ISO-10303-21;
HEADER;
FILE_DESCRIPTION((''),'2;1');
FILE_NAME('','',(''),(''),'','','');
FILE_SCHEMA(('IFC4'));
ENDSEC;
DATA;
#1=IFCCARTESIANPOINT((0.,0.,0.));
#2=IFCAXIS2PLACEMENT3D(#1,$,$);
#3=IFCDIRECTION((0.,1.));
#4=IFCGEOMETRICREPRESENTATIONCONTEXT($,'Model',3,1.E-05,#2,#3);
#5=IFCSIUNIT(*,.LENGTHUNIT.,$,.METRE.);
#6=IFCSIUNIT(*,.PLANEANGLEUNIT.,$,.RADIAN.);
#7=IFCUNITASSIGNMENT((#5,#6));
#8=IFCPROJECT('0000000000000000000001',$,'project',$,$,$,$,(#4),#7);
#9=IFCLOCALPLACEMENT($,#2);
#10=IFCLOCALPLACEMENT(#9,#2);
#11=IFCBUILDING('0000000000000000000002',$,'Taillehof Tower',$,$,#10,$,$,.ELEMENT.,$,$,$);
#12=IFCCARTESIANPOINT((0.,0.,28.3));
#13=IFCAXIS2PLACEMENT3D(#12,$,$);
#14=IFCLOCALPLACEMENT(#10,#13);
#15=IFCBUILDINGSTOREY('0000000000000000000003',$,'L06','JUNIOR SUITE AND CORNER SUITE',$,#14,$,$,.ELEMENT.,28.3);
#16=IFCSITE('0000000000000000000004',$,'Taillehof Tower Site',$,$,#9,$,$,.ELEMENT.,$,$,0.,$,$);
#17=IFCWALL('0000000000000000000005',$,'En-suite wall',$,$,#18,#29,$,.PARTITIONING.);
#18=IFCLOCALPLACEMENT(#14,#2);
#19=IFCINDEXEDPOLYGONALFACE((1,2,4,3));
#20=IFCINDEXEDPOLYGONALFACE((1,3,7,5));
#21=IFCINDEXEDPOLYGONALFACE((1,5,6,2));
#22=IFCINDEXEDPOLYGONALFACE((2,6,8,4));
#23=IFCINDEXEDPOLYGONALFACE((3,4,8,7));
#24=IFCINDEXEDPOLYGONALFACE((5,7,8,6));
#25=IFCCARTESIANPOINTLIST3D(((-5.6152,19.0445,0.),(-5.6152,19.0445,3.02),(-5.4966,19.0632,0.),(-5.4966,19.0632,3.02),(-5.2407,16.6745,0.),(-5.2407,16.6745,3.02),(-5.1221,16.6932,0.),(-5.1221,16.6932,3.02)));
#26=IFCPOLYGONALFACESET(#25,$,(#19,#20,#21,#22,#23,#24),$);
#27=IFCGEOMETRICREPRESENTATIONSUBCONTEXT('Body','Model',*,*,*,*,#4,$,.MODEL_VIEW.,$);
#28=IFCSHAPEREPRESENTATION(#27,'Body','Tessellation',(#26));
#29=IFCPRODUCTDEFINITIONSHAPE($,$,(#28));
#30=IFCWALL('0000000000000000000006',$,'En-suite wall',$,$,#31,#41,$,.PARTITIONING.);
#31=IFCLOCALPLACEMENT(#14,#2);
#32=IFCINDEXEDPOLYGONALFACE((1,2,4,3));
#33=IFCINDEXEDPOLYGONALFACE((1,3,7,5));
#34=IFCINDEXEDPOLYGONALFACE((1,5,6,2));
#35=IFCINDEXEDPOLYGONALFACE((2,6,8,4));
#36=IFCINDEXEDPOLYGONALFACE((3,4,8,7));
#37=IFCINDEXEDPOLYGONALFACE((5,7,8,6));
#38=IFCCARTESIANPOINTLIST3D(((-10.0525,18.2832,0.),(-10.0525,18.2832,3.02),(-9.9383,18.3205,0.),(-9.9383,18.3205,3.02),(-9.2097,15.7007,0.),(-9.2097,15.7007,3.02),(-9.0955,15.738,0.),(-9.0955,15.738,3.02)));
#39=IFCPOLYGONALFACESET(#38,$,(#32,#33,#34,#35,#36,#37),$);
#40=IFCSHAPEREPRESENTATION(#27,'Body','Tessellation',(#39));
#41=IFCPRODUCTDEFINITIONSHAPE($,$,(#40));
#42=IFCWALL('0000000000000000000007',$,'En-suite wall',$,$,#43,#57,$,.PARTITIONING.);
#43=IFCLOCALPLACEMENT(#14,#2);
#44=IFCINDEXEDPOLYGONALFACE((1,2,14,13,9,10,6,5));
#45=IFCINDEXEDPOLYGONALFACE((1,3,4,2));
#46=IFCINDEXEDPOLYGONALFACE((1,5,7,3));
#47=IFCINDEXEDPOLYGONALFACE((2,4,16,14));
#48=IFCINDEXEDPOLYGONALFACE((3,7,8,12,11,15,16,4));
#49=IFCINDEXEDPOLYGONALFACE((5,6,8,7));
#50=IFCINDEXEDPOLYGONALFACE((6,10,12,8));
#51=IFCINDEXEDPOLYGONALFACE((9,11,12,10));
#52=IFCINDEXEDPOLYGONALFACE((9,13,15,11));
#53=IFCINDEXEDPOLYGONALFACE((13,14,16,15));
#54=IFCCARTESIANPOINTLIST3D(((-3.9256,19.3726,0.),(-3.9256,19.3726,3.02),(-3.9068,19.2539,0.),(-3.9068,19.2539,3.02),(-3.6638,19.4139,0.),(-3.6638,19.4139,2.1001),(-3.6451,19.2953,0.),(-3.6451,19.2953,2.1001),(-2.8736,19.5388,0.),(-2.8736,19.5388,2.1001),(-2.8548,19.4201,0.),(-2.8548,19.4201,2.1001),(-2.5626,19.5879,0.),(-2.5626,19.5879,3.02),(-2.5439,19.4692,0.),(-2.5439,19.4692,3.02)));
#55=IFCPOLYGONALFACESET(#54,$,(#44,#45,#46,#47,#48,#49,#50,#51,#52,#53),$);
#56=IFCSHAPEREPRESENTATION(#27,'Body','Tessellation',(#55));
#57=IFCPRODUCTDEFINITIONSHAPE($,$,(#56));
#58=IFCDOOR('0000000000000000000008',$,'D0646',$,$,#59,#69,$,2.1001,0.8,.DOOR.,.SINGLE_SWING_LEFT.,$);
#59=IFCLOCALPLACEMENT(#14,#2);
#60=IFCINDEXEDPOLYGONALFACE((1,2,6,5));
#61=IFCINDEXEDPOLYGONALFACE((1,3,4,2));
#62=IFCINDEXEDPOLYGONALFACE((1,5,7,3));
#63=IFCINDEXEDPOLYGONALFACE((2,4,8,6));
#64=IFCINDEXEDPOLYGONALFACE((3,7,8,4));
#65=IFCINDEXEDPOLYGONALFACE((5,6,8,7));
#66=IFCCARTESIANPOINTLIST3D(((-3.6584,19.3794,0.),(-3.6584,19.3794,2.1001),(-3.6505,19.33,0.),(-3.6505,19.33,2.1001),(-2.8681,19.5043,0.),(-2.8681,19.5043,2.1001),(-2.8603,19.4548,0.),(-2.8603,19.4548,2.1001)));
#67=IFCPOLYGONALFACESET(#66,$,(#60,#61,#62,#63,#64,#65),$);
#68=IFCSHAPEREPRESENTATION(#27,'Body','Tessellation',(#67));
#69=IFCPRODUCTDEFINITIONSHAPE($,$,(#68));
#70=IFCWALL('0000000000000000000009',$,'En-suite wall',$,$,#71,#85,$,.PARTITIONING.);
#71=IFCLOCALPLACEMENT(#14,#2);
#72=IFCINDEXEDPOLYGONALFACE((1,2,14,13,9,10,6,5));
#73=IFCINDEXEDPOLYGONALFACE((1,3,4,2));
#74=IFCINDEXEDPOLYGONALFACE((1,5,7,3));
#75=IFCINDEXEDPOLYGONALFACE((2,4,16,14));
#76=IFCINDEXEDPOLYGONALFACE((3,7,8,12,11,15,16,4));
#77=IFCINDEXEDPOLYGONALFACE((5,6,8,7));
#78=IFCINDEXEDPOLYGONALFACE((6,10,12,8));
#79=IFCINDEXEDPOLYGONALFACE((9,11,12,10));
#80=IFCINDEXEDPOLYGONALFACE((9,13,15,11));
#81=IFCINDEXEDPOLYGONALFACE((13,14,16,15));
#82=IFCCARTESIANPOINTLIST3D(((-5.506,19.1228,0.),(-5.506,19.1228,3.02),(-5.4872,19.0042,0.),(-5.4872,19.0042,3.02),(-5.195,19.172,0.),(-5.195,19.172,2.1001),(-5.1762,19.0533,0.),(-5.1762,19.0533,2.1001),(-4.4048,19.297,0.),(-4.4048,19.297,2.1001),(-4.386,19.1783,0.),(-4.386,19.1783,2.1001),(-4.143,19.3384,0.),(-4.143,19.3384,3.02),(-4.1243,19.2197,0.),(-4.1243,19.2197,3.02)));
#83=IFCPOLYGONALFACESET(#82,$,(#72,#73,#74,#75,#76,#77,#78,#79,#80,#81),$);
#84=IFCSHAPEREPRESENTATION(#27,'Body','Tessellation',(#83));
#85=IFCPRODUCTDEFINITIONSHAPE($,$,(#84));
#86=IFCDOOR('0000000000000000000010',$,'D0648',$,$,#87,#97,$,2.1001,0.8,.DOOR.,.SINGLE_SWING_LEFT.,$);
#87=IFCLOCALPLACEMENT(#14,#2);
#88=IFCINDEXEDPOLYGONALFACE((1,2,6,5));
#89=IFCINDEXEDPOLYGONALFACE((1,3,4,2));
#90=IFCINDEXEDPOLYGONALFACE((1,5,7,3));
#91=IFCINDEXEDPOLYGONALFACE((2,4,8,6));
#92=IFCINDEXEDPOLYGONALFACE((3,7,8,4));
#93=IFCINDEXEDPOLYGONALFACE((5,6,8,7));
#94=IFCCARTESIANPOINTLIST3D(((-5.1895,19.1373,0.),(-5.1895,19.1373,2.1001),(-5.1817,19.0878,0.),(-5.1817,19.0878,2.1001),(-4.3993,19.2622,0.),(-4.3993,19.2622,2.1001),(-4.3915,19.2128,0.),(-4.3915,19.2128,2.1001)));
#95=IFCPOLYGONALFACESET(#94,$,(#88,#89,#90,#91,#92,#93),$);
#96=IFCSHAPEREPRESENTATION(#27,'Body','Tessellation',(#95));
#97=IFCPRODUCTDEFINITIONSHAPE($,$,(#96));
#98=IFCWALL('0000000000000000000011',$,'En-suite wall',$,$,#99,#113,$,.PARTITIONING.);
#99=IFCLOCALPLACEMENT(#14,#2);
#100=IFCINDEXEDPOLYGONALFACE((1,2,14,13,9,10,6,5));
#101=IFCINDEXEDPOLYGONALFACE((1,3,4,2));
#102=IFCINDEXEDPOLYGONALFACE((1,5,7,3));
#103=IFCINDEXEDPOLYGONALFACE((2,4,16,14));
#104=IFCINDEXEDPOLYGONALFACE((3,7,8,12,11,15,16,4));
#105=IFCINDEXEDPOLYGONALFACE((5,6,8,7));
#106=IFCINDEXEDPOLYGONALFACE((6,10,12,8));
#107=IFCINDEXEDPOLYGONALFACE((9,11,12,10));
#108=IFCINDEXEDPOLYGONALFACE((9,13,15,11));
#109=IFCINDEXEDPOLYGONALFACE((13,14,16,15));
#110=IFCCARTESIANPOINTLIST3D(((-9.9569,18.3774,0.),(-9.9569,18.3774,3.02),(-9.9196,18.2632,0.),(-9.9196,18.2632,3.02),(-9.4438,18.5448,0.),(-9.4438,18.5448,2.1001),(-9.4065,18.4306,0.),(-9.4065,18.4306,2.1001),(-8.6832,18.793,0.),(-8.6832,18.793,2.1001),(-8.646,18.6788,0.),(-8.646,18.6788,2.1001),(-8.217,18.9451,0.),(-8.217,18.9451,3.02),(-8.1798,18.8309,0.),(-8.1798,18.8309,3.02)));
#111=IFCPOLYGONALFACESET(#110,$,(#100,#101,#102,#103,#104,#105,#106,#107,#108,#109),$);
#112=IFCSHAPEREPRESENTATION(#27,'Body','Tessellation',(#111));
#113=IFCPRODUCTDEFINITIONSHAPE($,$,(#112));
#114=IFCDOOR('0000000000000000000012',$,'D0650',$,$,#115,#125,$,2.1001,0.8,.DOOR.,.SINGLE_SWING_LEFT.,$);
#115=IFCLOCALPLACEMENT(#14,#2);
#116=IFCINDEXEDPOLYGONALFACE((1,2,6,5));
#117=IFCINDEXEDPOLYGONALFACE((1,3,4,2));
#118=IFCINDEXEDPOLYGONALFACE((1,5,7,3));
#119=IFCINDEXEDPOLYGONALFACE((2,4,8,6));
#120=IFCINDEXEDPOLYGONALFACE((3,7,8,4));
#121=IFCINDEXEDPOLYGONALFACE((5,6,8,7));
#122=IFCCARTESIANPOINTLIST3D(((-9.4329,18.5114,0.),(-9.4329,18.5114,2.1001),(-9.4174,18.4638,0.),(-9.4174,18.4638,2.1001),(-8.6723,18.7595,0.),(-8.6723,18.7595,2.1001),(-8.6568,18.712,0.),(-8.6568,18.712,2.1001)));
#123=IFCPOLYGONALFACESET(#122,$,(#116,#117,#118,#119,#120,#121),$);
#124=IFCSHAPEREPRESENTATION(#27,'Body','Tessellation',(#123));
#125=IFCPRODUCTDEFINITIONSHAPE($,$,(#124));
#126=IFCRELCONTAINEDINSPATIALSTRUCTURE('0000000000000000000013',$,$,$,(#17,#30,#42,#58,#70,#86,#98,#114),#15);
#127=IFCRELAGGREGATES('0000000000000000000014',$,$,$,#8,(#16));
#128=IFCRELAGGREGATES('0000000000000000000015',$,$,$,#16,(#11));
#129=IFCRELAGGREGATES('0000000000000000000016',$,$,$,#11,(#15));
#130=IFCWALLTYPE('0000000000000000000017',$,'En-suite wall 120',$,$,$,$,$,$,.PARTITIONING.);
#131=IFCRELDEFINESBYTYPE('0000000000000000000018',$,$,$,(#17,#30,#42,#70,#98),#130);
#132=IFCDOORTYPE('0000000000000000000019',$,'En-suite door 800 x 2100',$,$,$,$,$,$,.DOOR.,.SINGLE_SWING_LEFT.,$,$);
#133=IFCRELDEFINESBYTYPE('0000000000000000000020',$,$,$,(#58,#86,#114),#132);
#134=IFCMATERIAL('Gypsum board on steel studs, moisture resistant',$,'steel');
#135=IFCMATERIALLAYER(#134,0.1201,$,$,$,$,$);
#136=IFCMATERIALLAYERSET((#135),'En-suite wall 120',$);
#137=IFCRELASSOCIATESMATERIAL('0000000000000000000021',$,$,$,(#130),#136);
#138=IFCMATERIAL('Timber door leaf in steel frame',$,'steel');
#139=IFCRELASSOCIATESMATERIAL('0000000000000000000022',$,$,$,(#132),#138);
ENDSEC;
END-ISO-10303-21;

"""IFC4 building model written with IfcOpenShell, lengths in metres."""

from ifc_helpers import new_model, si_unit, direction, frame, frame_2d, origin, place, context, subcontext, project, spatial, rectangle, extrude, material, layer, layer_set, type_object, element, fill, save


model = new_model("IFC4")

# Units and contexts
model_context = context("Model", 3, precision=1e-05, world=origin(), true_north=direction((0.0, 1.0)))
body_context = subcontext(model_context, "Body", "Model", "MODEL_VIEW")
ifc_project = project(units=[si_unit("LENGTHUNIT", "METRE"), si_unit("PLANEANGLEUNIT", "RADIAN")], contexts=[model_context])

# Site, building, storey
site_placement = place(None, origin())
site = spatial("IfcSite", under=ifc_project, at=site_placement, Name="Taillehof Tower Site", CompositionType="ELEMENT", RefElevation=0.0)
building_placement = place(site_placement, origin())
building = spatial("IfcBuilding", under=site, at=building_placement, Name="Taillehof Tower", CompositionType="ELEMENT")
storey_placement = place(building_placement, frame((0.0, 0.0, 28.3)))
storey = spatial("IfcBuildingStorey", under=building, at=storey_placement, Name="L06", Description="JUNIOR SUITE AND CORNER SUITE", CompositionType="ELEMENT", Elevation=28.3)

# Walls
ifc_material_1 = material(Name="Gypsum board on steel studs, moisture resistant", Category="steel")
ifc_layer_1 = layer(ifc_material_1, 0.1201)
ifc_layer_set_1 = layer_set([ifc_layer_1], Name="En-suite wall 120")
wall_type_1 = type_object("IfcWallType", Name="En-suite wall 120", PredefinedType="PARTITIONING", material=ifc_layer_set_1)
wall_1_placement = place(storey_placement, frame((-5.1814, 16.6838, 0.0), z_axis=(0.0, 0.0, 1.0), x_axis=(-0.156078, 0.987745, 0.0)))
element("IfcWall", 1, at=wall_1_placement, inside=storey, type_object=wall_type_1, Name="En-suite wall", PredefinedType="PARTITIONING", context=body_context, shape_type="SweptSolid", body=[
    extrude(rectangle(XDim=2.3994, YDim=0.1201, at=frame_2d((1.1997, 0.0))), origin(), (0.0, 0.0, 1.0), 3.02),
])
wall_2_placement = place(storey_placement, frame((-9.1526, 15.7192, 0.0), z_axis=(0.0, 0.0, 1.0), x_axis=(-0.310236, 0.95066, 0.0)))
element("IfcWall", 2, at=wall_2_placement, inside=storey, type_object=wall_type_1, Name="En-suite wall", PredefinedType="PARTITIONING", context=body_context, shape_type="SweptSolid", body=[
    extrude(rectangle(XDim=2.7166, YDim=0.1201, at=frame_2d((1.3584, 0.0))), origin(), (0.0, 0.0, 1.0), 3.02),
])

# Walls, openings, doors
wall_3_placement = place(storey_placement, frame((-2.5532, 19.5286, 0.0), z_axis=(0.0, 0.0, 1.0), x_axis=(-0.98775, -0.156044, 0.0)))
wall_3 = element("IfcWall", 3, at=wall_3_placement, inside=storey, type_object=wall_type_1, Name="En-suite wall", PredefinedType="PARTITIONING", context=body_context, shape_type="SweptSolid", body=[
    extrude(rectangle(XDim=1.3799, YDim=0.1201, at=frame_2d((0.6899, 0.0))), origin(), (0.0, 0.0, 1.0), 3.02),
])
opening_1_placement = place(wall_3_placement, frame((0.3149, 0.0, 0.0)))
opening_1 = element("IfcOpeningElement", 4, at=opening_1_placement, cuts=wall_3, PredefinedType="OPENING", context=body_context, shape_type="SweptSolid", body=[
    extrude(rectangle(XDim=0.8, YDim=2.1001, at=frame_2d((0.3999, 1.05))), frame((0.0, 0.0701, 0.0), z_axis=(0.0, -1.0, 0.0), x_axis=(1.0, 0.0, 0.0)), (0.0, 0.0, 1.0), 0.1401),
])
ifc_material_2 = material(Name="Timber door leaf in steel frame", Category="steel")
door_type_1 = type_object("IfcDoorType", Name="En-suite door 800 x 2100", OperationType="SINGLE_SWING_LEFT", PredefinedType="DOOR", material=ifc_material_2)
door_1_placement = place(opening_1_placement, origin())
door_1 = element("IfcDoor", 5, at=door_1_placement, inside=storey, type_object=door_type_1, Name="D0646", OperationType="SINGLE_SWING_LEFT", OverallHeight=2.1001, OverallWidth=0.8, PredefinedType="DOOR", context=body_context, shape_type="SweptSolid", body=[
    extrude(rectangle(XDim=0.8, YDim=2.1001, at=frame_2d((0.3999, 1.05))), frame((0.0, 0.0249, 0.0), z_axis=(0.0, -1.0, 0.0), x_axis=(1.0, 0.0, 0.0)), (0.0, 0.0, 1.0), 0.05),
])
fill(opening_1, door_1)
wall_4_placement = place(storey_placement, frame((-5.4966, 19.0635, 0.0), z_axis=(0.0, 0.0, 1.0), x_axis=(0.987723, 0.156217, 0.0)))
wall_4 = element("IfcWall", 6, at=wall_4_placement, inside=storey, type_object=wall_type_1, Name="En-suite wall", PredefinedType="PARTITIONING", context=body_context, shape_type="SweptSolid", body=[
    extrude(rectangle(XDim=1.3799, YDim=0.1201, at=frame_2d((0.6899, 0.0))), origin(), (0.0, 0.0, 1.0), 3.02),
])
opening_2_placement = place(wall_4_placement, frame((0.3149, 0.0, 0.0)))
opening_2 = element("IfcOpeningElement", 7, at=opening_2_placement, cuts=wall_4, PredefinedType="OPENING", context=body_context, shape_type="SweptSolid", body=[
    extrude(rectangle(XDim=0.8, YDim=2.1001, at=frame_2d((0.3999, 1.05))), frame((0.0, 0.0701, 0.0), z_axis=(0.0, -1.0, 0.0), x_axis=(1.0, 0.0, 0.0)), (0.0, 0.0, 1.0), 0.1401),
])
door_2_placement = place(opening_2_placement, origin())
door_2 = element("IfcDoor", 8, at=door_2_placement, inside=storey, type_object=door_type_1, Name="D0648", OperationType="SINGLE_SWING_LEFT", OverallHeight=2.1001, OverallWidth=0.8, PredefinedType="DOOR", context=body_context, shape_type="SweptSolid", body=[
    extrude(rectangle(XDim=0.8, YDim=2.1001, at=frame_2d((0.3999, 1.05))), frame((0.0, 0.0249, 0.0), z_axis=(0.0, -1.0, 0.0), x_axis=(1.0, 0.0, 0.0)), (0.0, 0.0, 1.0), 0.05),
])
fill(opening_2, door_2)
wall_5_placement = place(storey_placement, frame((-9.9382, 18.3203, 0.0), z_axis=(0.0, 0.0, 1.0), x_axis=(0.950679, 0.310178, 0.0)))
wall_5 = element("IfcWall", 9, at=wall_5_placement, inside=storey, type_object=wall_type_1, Name="En-suite wall", PredefinedType="PARTITIONING", context=body_context, shape_type="SweptSolid", body=[
    extrude(rectangle(XDim=1.8301, YDim=0.1201, at=frame_2d((0.915, 0.0))), origin(), (0.0, 0.0, 1.0), 3.02),
])
opening_3_placement = place(wall_5_placement, frame((0.5398, 0.0, 0.0)))
opening_3 = element("IfcOpeningElement", 10, at=opening_3_placement, cuts=wall_5, PredefinedType="OPENING", context=body_context, shape_type="SweptSolid", body=[
    extrude(rectangle(XDim=0.8, YDim=2.1001, at=frame_2d((0.3999, 1.05))), frame((0.0, 0.0701, 0.0), z_axis=(0.0, -1.0, 0.0), x_axis=(1.0, 0.0, 0.0)), (0.0, 0.0, 1.0), 0.1401),
])
door_3_placement = place(opening_3_placement, origin())
door_3 = element("IfcDoor", 11, at=door_3_placement, inside=storey, type_object=door_type_1, Name="D0650", OperationType="SINGLE_SWING_LEFT", OverallHeight=2.1001, OverallWidth=0.8, PredefinedType="DOOR", context=body_context, shape_type="SweptSolid", body=[
    extrude(rectangle(XDim=0.8, YDim=2.1001, at=frame_2d((0.3999, 1.05))), frame((0.0, 0.0249, 0.0), z_axis=(0.0, -1.0, 0.0), x_axis=(1.0, 0.0, 0.0)), (0.0, 0.0, 1.0), 0.05),
])
fill(opening_3, door_3)

save(model, "model.ifc")
